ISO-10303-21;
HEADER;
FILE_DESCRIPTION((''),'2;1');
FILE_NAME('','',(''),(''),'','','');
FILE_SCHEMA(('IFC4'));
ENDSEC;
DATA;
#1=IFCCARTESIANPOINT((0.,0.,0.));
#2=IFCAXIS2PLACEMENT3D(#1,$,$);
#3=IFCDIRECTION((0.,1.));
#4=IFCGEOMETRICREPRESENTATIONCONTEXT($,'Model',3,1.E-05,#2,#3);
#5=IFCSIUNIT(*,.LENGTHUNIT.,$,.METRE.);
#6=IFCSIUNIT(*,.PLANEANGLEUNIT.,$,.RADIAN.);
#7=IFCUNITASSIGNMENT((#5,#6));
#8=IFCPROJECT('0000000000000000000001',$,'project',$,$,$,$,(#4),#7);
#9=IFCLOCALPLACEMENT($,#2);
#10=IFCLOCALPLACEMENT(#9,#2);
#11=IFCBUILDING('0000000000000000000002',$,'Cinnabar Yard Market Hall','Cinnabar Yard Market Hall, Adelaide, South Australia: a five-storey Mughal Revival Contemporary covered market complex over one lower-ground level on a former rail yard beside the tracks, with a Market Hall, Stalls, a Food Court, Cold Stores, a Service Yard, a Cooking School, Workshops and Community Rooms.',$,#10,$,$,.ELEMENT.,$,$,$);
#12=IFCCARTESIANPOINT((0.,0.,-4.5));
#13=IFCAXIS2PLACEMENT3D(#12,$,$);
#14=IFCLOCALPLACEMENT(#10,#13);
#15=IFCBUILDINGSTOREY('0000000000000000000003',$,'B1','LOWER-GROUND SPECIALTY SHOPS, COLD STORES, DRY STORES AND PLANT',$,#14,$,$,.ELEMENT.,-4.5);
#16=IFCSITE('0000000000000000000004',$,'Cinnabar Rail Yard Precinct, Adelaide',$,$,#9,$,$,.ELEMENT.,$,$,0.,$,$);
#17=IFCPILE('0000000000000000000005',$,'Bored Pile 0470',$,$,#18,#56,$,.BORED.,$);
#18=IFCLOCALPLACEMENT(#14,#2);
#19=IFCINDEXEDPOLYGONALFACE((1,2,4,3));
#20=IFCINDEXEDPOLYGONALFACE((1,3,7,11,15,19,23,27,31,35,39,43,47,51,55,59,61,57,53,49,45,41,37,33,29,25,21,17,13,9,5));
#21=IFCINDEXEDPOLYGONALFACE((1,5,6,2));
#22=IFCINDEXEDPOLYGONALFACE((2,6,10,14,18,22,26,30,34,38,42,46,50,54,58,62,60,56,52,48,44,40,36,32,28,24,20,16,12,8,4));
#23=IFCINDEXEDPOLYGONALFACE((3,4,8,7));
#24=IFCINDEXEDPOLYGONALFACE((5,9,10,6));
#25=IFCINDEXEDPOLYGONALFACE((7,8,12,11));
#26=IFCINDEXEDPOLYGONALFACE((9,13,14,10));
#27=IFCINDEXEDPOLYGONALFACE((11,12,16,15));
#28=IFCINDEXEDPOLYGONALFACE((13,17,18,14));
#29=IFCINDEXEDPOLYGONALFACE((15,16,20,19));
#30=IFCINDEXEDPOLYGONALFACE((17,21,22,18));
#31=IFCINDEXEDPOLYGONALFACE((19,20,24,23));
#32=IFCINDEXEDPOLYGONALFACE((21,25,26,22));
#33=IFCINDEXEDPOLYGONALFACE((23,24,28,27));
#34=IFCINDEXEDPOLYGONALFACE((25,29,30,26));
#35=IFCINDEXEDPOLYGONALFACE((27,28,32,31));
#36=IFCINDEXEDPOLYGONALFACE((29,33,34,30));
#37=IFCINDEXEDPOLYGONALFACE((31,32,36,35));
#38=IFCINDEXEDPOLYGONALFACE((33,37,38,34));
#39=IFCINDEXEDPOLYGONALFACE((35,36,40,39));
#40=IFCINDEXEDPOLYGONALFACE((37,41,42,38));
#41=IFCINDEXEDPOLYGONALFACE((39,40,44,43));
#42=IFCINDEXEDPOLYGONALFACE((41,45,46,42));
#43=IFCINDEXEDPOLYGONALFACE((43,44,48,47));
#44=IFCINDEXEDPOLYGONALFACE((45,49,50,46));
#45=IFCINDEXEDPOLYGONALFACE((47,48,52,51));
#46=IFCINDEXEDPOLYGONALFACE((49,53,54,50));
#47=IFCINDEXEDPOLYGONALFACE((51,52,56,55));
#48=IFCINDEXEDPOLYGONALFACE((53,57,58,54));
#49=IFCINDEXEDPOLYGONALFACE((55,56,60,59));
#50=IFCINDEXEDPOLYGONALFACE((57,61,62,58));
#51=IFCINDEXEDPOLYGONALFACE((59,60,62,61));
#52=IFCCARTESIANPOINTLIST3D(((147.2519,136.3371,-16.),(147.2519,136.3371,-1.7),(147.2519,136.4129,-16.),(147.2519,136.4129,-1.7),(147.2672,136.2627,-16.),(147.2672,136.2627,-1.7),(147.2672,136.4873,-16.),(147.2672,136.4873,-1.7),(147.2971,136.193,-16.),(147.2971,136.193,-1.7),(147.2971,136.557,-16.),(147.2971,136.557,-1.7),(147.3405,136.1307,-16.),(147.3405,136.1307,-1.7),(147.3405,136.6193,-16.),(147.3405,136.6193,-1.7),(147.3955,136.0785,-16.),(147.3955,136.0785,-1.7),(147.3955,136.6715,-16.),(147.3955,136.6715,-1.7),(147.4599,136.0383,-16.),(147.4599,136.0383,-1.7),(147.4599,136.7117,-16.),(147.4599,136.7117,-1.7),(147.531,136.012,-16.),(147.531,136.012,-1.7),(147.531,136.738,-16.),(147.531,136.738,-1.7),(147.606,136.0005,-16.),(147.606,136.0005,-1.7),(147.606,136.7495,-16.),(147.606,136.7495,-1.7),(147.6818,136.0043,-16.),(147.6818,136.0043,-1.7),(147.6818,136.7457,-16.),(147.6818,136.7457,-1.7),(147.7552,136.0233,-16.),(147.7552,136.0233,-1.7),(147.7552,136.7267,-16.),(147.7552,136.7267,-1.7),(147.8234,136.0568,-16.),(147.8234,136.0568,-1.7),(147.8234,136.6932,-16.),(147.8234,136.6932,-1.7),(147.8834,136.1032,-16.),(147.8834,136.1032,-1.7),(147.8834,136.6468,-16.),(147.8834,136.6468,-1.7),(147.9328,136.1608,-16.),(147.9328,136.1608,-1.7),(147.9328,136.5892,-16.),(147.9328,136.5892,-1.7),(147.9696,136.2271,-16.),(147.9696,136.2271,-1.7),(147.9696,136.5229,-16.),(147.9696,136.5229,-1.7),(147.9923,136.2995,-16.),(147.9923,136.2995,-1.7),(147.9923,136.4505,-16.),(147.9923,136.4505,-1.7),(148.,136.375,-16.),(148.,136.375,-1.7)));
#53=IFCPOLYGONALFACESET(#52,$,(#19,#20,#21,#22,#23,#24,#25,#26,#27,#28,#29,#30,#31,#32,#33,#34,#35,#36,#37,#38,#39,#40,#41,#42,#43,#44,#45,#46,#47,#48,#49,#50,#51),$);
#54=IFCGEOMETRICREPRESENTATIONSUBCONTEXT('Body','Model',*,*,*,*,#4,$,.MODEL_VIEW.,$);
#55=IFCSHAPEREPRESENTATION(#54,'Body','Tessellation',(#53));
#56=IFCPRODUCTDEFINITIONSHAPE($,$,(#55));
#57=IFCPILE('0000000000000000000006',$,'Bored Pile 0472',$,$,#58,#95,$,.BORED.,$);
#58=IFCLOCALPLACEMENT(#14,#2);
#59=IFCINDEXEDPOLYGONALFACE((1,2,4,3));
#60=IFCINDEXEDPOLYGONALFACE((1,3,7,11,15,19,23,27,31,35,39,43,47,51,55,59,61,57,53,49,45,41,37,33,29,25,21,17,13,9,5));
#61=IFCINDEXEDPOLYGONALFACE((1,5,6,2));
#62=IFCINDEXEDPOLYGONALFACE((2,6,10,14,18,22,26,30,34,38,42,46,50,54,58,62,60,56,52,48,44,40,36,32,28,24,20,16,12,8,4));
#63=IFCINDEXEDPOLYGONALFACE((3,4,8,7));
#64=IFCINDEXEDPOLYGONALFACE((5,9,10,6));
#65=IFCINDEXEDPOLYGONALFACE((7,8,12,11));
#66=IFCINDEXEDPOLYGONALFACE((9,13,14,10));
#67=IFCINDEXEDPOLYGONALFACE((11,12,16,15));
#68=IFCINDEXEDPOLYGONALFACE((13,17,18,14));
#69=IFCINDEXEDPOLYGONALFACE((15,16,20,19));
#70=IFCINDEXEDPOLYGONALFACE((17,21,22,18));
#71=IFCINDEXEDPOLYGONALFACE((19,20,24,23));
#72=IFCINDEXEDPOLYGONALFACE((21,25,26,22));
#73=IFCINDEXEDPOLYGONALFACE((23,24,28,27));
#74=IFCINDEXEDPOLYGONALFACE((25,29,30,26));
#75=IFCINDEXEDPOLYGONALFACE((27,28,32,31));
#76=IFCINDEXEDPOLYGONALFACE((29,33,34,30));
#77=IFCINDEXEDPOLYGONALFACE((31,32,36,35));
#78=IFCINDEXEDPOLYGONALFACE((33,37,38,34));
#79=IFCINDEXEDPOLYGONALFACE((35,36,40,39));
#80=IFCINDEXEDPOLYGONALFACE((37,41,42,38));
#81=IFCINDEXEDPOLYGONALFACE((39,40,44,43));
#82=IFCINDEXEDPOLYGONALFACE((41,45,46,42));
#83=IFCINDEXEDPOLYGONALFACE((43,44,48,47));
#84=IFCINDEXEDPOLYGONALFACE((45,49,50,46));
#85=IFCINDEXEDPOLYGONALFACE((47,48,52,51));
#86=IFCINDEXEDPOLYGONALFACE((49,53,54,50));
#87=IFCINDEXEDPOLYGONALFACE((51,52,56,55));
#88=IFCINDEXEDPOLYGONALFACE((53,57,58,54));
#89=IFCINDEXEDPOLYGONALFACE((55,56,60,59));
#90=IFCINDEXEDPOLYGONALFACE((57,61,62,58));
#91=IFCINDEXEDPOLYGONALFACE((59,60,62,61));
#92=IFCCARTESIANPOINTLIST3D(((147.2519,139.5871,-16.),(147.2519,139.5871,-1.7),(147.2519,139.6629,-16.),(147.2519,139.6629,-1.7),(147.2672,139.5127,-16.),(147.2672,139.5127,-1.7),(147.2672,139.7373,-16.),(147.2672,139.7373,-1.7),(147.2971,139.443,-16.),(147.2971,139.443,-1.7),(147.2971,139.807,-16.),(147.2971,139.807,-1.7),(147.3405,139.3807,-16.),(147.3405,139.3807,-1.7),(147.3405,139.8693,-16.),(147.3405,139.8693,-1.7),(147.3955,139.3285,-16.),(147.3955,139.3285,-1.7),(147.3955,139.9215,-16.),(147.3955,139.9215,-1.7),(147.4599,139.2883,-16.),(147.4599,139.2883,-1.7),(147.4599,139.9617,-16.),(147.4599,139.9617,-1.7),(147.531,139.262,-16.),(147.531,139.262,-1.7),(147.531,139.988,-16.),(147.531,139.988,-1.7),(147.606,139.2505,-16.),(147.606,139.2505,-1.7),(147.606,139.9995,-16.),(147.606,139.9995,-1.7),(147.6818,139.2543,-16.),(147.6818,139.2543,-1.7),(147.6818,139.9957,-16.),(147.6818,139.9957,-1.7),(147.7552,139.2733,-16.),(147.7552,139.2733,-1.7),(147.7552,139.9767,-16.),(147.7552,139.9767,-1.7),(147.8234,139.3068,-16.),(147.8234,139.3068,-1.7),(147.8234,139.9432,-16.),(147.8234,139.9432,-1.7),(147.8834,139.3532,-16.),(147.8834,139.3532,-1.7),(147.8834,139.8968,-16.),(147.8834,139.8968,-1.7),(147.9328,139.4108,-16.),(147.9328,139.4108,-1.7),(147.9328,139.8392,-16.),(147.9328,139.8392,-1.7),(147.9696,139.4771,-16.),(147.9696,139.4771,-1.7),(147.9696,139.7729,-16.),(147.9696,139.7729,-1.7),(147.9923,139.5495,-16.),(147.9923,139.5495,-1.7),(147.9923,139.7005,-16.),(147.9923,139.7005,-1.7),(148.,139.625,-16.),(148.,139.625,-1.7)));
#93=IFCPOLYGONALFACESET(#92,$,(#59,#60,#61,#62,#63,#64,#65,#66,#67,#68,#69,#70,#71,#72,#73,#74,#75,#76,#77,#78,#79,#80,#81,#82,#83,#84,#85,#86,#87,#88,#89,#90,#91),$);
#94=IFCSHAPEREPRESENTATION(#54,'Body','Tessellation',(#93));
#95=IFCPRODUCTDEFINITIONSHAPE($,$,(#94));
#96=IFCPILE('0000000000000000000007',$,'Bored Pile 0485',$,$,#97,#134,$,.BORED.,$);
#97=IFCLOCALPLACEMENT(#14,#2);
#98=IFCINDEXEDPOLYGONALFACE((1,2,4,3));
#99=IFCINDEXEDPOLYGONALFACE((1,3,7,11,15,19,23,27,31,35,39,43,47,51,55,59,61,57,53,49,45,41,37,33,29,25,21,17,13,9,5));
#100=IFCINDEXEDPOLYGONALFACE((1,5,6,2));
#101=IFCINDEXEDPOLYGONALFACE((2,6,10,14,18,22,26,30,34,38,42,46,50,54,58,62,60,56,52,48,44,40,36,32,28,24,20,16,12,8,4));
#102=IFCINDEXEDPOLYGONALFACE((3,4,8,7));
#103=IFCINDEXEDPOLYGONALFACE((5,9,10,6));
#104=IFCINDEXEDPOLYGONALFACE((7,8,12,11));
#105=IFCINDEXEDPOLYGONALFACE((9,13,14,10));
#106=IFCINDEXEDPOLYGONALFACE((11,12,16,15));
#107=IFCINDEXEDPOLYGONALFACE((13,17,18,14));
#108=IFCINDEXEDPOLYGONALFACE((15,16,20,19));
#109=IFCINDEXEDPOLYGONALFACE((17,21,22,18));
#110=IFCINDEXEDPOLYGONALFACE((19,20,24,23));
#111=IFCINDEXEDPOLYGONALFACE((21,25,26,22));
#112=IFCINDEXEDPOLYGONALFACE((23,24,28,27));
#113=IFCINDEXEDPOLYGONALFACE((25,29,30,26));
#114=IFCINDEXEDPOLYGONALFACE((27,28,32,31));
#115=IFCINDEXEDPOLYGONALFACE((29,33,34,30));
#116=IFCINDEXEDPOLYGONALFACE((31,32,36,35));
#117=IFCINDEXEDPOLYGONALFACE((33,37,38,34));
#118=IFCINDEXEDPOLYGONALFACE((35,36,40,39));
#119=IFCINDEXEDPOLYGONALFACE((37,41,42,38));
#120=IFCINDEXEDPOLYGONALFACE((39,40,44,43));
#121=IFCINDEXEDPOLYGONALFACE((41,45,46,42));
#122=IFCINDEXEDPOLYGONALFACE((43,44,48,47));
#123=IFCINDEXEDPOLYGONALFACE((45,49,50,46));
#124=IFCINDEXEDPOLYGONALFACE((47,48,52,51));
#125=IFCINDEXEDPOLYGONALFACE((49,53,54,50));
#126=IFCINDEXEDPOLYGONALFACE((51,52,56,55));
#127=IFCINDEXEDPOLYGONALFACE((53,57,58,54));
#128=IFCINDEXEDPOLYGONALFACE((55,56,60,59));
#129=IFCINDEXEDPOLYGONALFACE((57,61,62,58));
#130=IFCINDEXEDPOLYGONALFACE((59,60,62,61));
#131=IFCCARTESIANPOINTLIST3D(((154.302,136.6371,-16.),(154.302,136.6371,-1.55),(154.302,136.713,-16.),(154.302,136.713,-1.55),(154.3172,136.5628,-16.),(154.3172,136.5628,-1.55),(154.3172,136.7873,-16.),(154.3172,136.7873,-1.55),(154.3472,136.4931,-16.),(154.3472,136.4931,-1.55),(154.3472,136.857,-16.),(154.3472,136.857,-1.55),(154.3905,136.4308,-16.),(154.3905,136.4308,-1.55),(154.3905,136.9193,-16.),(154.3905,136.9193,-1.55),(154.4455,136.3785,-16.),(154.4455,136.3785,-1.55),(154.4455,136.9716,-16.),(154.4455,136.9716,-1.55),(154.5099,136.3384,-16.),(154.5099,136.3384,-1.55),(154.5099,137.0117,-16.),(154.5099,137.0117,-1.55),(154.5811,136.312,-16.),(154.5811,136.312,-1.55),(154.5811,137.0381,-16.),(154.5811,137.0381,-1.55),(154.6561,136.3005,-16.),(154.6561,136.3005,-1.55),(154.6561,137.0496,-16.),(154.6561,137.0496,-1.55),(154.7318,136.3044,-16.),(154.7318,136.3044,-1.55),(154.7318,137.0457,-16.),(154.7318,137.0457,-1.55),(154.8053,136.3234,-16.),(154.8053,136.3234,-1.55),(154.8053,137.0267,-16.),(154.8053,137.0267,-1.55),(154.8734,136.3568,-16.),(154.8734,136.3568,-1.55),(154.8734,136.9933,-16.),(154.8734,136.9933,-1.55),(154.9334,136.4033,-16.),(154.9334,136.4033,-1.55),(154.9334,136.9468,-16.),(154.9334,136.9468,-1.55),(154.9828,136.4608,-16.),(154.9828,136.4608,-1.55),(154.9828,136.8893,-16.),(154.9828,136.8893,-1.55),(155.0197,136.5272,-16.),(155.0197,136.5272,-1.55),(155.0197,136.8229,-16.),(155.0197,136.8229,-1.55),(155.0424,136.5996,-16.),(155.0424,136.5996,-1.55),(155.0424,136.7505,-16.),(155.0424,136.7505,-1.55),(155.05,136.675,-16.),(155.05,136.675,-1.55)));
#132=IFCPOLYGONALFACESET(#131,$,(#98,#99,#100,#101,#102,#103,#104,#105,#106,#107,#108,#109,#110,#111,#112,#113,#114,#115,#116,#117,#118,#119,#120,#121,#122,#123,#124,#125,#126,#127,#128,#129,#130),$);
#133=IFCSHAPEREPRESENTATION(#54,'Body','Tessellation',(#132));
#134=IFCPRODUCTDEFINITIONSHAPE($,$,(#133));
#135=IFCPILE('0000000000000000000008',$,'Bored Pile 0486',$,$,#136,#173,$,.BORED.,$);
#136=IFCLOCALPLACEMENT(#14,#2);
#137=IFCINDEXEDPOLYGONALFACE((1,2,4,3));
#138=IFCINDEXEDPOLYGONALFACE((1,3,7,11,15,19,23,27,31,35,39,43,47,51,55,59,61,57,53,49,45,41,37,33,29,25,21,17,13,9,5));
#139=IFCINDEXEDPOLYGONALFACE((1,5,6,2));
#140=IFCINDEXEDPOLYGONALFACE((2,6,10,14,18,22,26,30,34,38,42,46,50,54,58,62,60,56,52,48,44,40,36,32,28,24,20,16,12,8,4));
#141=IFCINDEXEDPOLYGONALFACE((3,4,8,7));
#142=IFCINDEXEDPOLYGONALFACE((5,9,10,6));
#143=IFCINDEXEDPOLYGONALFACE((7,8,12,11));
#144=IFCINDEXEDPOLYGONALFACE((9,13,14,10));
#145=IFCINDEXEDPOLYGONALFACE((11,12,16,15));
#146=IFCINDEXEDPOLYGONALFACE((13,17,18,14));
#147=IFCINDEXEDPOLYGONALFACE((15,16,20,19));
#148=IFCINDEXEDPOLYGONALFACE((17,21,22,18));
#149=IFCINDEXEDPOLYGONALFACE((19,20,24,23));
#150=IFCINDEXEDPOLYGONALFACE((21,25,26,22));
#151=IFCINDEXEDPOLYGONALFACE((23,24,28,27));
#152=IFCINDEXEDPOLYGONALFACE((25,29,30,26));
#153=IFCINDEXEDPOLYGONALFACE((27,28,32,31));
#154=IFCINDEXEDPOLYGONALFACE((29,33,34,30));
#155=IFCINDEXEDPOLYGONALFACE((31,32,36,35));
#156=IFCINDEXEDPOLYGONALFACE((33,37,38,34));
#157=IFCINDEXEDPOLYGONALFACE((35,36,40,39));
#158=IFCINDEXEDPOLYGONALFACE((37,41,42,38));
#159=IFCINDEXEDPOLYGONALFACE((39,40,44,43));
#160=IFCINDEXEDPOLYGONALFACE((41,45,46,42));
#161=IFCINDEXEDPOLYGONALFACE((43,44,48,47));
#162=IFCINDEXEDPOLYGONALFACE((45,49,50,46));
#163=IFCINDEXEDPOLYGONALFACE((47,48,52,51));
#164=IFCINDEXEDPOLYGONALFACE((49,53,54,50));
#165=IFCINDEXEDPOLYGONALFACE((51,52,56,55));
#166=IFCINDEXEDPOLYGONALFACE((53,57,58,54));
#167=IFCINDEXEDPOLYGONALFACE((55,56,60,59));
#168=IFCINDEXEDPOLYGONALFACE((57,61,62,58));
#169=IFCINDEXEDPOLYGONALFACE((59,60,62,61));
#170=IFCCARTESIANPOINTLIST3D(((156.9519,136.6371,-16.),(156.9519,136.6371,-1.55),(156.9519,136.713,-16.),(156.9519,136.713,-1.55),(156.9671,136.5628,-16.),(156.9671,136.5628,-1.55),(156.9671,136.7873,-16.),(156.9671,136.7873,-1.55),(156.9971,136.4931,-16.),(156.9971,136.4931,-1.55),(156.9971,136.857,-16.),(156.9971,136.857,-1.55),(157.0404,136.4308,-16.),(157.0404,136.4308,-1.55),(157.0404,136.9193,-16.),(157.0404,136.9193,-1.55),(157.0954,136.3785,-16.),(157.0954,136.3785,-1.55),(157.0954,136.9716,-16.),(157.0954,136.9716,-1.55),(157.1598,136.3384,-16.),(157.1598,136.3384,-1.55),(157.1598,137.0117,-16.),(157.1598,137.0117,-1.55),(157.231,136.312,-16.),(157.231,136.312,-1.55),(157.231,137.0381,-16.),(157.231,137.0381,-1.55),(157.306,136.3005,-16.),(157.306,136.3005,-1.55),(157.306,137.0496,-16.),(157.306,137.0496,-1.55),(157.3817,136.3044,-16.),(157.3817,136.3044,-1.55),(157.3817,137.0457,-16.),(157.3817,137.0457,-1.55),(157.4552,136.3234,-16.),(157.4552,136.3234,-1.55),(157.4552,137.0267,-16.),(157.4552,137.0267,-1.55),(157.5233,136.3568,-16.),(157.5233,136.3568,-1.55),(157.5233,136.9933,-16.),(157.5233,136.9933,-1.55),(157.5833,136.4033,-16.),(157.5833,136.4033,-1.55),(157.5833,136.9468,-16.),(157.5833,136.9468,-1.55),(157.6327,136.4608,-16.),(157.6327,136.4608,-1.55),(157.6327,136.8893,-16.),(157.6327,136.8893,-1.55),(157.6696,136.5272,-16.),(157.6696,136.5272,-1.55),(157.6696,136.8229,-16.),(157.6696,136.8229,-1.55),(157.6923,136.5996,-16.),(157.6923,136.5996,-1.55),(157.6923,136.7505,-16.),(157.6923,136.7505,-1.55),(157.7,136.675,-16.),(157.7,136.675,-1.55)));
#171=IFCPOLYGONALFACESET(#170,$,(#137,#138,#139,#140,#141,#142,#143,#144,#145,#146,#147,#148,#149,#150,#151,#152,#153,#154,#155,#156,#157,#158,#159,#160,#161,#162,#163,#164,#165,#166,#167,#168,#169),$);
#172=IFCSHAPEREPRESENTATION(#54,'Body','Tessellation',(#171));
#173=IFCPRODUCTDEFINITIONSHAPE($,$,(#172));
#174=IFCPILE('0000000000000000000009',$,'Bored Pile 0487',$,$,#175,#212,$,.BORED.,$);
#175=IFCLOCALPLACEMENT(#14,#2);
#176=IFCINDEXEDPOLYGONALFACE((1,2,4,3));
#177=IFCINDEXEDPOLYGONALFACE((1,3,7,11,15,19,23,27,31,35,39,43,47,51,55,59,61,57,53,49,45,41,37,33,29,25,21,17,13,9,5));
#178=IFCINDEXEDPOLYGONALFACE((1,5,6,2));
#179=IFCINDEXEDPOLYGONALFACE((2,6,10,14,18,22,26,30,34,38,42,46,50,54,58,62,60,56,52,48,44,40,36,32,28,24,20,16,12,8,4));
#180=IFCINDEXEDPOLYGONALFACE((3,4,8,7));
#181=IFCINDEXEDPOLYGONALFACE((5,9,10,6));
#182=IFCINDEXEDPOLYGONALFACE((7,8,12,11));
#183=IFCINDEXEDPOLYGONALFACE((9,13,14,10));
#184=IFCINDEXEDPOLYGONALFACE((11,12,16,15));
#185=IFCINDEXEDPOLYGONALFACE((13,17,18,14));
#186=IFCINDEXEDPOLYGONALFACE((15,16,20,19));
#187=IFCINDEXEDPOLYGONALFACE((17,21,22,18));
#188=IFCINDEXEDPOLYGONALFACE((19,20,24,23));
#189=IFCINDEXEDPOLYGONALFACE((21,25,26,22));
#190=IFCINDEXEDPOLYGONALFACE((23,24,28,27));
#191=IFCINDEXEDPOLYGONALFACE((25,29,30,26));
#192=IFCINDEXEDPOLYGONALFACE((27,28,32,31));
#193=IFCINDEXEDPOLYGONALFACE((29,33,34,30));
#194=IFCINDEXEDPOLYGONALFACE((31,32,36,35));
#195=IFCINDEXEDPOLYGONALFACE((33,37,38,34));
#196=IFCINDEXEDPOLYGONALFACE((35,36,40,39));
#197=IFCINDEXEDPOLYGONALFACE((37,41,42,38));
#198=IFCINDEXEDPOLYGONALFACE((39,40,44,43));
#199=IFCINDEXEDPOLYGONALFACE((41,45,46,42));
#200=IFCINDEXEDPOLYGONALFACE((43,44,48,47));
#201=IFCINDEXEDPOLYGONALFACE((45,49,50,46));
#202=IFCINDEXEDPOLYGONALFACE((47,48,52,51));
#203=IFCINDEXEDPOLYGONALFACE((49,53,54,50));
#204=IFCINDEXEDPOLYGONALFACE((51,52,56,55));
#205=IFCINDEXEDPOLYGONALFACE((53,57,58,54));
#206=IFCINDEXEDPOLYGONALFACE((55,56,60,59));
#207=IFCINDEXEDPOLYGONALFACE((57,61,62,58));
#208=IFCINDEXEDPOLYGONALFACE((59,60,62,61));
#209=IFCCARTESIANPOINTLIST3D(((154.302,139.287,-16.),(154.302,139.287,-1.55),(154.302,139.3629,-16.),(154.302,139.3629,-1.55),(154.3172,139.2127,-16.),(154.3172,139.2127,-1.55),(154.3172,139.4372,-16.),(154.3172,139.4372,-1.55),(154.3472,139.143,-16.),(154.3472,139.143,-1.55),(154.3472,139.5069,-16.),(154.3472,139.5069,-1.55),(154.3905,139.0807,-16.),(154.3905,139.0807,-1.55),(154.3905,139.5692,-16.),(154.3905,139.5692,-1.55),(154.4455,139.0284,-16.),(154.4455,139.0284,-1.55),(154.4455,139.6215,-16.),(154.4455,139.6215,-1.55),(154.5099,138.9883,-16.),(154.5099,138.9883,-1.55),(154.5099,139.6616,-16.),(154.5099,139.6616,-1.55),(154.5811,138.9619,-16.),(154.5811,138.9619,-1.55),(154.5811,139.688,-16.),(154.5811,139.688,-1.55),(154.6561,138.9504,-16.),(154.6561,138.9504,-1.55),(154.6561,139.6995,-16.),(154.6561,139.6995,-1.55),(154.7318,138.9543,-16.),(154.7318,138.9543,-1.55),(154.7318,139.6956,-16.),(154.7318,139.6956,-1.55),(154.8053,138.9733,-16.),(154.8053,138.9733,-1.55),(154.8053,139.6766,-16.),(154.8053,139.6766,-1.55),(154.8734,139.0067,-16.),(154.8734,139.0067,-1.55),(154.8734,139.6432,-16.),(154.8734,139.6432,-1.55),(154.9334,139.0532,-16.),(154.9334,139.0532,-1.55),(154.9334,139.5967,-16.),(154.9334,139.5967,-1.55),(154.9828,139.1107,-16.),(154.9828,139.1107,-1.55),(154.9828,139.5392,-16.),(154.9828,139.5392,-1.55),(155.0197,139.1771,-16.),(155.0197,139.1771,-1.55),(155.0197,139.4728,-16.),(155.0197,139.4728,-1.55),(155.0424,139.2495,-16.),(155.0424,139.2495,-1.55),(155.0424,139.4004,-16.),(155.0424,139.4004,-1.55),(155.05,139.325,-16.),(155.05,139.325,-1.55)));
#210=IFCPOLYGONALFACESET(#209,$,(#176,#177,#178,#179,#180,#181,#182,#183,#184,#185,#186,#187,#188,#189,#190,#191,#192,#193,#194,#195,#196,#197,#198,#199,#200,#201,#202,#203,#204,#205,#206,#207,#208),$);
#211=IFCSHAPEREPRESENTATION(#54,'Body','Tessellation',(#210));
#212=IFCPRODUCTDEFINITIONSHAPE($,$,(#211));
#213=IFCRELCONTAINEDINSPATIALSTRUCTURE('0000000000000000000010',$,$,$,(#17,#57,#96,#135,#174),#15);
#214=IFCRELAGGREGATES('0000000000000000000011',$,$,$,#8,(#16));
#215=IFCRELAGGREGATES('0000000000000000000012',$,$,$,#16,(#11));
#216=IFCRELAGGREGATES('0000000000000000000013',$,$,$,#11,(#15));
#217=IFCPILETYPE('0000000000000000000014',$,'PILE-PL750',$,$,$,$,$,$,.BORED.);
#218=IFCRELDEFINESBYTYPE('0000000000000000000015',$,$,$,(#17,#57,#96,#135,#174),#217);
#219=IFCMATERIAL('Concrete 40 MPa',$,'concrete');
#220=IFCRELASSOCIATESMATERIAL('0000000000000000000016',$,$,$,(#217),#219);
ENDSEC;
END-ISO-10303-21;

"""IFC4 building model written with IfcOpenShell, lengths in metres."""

from ifc_helpers import new_model, si_unit, direction, frame, origin, origin_2d_with_axis, place, context, subcontext, project, spatial, circle, extrude, material, material_profile, profile_set, type_object, element, save


model = new_model("IFC4")

# Units and contexts
model_context = context("Model", 3, precision=1e-05, world=origin(), true_north=direction((0.0, 1.0)))
body_context = subcontext(model_context, "Body", "Model", "MODEL_VIEW")
ifc_project = project(units=[si_unit("LENGTHUNIT", "METRE"), si_unit("PLANEANGLEUNIT", "RADIAN")], contexts=[model_context])

# Site, building, storey
site_placement = place(None, origin())
site = spatial("IfcSite", under=ifc_project, at=site_placement, Name="Cinnabar Rail Yard Precinct, Adelaide", CompositionType="ELEMENT", RefElevation=0.0)
building_placement = place(site_placement, origin())
building = spatial("IfcBuilding", under=site, at=building_placement, Name="Cinnabar Yard Market Hall", Description="Cinnabar Yard Market Hall, Adelaide, South Australia: a five-storey Mughal Revival Contemporary covered market complex over one lower-ground level on a former rail yard beside the tracks, with a Market Hall, Stalls, a Food Court, Cold Stores, a Service Yard, a Cooking School, Workshops and Community Rooms.", CompositionType="ELEMENT")
storey_placement = place(building_placement, frame((0.0, 0.0, -4.5)))
storey = spatial("IfcBuildingStorey", under=building, at=storey_placement, Name="B1", Description="LOWER-GROUND SPECIALTY SHOPS, COLD STORES, DRY STORES AND PLANT", CompositionType="ELEMENT", Elevation=-4.5)

# Shared definitions
ifc_material_1 = material(Name="Concrete 40 MPa", Category="concrete")

# Piles
ifc_material_profile_1 = material_profile(ifc_material_1, circle(Radius=0.375, at=origin_2d_with_axis()), Name="PILE-D750")
ifc_profile_set_1 = profile_set([ifc_material_profile_1], Name="Concrete 40 MPa")
pile_type_1 = type_object("IfcPileType", Name="PILE-PL750", PredefinedType="BORED", material=ifc_profile_set_1)
for number, where, z_axis, x_axis, name in (
    (1, (147.625, 136.375, -1.7), (0.0, 0.0, -1.0), (1.0, 0.0, 0.0), "Bored Pile 0470"),
    (2, (147.625, 139.625, -1.7), (0.0, 0.0, -1.0), (1.0, 0.0, 0.0), "Bored Pile 0472"),
):
    element("IfcPile", number, at=place(storey_placement, frame(where, z_axis=z_axis, x_axis=x_axis)), inside=storey, type_object=pile_type_1, Name=name, PredefinedType="BORED", context=body_context, shape_type="SweptSolid", body=[
        extrude(circle(Radius=0.375, at=origin_2d_with_axis()), origin(), (0.0, 0.0, 1.0), 14.3),
    ])
for number, where, z_axis, x_axis, name in (
    (3, (154.675, 136.675, -1.55), (0.0, 0.0, -1.0), (1.0, 0.0, 0.0), "Bored Pile 0485"),
    (4, (157.325, 136.675, -1.55), (0.0, 0.0, -1.0), (1.0, 0.0, 0.0), "Bored Pile 0486"),
    (5, (154.675, 139.325, -1.55), (0.0, 0.0, -1.0), (1.0, 0.0, 0.0), "Bored Pile 0487"),
):
    element("IfcPile", number, at=place(storey_placement, frame(where, z_axis=z_axis, x_axis=x_axis)), inside=storey, type_object=pile_type_1, Name=name, PredefinedType="BORED", context=body_context, shape_type="SweptSolid", body=[
        extrude(circle(Radius=0.375, at=origin_2d_with_axis()), origin(), (0.0, 0.0, 1.0), 14.45),
    ])

save(model, "model.ifc")
